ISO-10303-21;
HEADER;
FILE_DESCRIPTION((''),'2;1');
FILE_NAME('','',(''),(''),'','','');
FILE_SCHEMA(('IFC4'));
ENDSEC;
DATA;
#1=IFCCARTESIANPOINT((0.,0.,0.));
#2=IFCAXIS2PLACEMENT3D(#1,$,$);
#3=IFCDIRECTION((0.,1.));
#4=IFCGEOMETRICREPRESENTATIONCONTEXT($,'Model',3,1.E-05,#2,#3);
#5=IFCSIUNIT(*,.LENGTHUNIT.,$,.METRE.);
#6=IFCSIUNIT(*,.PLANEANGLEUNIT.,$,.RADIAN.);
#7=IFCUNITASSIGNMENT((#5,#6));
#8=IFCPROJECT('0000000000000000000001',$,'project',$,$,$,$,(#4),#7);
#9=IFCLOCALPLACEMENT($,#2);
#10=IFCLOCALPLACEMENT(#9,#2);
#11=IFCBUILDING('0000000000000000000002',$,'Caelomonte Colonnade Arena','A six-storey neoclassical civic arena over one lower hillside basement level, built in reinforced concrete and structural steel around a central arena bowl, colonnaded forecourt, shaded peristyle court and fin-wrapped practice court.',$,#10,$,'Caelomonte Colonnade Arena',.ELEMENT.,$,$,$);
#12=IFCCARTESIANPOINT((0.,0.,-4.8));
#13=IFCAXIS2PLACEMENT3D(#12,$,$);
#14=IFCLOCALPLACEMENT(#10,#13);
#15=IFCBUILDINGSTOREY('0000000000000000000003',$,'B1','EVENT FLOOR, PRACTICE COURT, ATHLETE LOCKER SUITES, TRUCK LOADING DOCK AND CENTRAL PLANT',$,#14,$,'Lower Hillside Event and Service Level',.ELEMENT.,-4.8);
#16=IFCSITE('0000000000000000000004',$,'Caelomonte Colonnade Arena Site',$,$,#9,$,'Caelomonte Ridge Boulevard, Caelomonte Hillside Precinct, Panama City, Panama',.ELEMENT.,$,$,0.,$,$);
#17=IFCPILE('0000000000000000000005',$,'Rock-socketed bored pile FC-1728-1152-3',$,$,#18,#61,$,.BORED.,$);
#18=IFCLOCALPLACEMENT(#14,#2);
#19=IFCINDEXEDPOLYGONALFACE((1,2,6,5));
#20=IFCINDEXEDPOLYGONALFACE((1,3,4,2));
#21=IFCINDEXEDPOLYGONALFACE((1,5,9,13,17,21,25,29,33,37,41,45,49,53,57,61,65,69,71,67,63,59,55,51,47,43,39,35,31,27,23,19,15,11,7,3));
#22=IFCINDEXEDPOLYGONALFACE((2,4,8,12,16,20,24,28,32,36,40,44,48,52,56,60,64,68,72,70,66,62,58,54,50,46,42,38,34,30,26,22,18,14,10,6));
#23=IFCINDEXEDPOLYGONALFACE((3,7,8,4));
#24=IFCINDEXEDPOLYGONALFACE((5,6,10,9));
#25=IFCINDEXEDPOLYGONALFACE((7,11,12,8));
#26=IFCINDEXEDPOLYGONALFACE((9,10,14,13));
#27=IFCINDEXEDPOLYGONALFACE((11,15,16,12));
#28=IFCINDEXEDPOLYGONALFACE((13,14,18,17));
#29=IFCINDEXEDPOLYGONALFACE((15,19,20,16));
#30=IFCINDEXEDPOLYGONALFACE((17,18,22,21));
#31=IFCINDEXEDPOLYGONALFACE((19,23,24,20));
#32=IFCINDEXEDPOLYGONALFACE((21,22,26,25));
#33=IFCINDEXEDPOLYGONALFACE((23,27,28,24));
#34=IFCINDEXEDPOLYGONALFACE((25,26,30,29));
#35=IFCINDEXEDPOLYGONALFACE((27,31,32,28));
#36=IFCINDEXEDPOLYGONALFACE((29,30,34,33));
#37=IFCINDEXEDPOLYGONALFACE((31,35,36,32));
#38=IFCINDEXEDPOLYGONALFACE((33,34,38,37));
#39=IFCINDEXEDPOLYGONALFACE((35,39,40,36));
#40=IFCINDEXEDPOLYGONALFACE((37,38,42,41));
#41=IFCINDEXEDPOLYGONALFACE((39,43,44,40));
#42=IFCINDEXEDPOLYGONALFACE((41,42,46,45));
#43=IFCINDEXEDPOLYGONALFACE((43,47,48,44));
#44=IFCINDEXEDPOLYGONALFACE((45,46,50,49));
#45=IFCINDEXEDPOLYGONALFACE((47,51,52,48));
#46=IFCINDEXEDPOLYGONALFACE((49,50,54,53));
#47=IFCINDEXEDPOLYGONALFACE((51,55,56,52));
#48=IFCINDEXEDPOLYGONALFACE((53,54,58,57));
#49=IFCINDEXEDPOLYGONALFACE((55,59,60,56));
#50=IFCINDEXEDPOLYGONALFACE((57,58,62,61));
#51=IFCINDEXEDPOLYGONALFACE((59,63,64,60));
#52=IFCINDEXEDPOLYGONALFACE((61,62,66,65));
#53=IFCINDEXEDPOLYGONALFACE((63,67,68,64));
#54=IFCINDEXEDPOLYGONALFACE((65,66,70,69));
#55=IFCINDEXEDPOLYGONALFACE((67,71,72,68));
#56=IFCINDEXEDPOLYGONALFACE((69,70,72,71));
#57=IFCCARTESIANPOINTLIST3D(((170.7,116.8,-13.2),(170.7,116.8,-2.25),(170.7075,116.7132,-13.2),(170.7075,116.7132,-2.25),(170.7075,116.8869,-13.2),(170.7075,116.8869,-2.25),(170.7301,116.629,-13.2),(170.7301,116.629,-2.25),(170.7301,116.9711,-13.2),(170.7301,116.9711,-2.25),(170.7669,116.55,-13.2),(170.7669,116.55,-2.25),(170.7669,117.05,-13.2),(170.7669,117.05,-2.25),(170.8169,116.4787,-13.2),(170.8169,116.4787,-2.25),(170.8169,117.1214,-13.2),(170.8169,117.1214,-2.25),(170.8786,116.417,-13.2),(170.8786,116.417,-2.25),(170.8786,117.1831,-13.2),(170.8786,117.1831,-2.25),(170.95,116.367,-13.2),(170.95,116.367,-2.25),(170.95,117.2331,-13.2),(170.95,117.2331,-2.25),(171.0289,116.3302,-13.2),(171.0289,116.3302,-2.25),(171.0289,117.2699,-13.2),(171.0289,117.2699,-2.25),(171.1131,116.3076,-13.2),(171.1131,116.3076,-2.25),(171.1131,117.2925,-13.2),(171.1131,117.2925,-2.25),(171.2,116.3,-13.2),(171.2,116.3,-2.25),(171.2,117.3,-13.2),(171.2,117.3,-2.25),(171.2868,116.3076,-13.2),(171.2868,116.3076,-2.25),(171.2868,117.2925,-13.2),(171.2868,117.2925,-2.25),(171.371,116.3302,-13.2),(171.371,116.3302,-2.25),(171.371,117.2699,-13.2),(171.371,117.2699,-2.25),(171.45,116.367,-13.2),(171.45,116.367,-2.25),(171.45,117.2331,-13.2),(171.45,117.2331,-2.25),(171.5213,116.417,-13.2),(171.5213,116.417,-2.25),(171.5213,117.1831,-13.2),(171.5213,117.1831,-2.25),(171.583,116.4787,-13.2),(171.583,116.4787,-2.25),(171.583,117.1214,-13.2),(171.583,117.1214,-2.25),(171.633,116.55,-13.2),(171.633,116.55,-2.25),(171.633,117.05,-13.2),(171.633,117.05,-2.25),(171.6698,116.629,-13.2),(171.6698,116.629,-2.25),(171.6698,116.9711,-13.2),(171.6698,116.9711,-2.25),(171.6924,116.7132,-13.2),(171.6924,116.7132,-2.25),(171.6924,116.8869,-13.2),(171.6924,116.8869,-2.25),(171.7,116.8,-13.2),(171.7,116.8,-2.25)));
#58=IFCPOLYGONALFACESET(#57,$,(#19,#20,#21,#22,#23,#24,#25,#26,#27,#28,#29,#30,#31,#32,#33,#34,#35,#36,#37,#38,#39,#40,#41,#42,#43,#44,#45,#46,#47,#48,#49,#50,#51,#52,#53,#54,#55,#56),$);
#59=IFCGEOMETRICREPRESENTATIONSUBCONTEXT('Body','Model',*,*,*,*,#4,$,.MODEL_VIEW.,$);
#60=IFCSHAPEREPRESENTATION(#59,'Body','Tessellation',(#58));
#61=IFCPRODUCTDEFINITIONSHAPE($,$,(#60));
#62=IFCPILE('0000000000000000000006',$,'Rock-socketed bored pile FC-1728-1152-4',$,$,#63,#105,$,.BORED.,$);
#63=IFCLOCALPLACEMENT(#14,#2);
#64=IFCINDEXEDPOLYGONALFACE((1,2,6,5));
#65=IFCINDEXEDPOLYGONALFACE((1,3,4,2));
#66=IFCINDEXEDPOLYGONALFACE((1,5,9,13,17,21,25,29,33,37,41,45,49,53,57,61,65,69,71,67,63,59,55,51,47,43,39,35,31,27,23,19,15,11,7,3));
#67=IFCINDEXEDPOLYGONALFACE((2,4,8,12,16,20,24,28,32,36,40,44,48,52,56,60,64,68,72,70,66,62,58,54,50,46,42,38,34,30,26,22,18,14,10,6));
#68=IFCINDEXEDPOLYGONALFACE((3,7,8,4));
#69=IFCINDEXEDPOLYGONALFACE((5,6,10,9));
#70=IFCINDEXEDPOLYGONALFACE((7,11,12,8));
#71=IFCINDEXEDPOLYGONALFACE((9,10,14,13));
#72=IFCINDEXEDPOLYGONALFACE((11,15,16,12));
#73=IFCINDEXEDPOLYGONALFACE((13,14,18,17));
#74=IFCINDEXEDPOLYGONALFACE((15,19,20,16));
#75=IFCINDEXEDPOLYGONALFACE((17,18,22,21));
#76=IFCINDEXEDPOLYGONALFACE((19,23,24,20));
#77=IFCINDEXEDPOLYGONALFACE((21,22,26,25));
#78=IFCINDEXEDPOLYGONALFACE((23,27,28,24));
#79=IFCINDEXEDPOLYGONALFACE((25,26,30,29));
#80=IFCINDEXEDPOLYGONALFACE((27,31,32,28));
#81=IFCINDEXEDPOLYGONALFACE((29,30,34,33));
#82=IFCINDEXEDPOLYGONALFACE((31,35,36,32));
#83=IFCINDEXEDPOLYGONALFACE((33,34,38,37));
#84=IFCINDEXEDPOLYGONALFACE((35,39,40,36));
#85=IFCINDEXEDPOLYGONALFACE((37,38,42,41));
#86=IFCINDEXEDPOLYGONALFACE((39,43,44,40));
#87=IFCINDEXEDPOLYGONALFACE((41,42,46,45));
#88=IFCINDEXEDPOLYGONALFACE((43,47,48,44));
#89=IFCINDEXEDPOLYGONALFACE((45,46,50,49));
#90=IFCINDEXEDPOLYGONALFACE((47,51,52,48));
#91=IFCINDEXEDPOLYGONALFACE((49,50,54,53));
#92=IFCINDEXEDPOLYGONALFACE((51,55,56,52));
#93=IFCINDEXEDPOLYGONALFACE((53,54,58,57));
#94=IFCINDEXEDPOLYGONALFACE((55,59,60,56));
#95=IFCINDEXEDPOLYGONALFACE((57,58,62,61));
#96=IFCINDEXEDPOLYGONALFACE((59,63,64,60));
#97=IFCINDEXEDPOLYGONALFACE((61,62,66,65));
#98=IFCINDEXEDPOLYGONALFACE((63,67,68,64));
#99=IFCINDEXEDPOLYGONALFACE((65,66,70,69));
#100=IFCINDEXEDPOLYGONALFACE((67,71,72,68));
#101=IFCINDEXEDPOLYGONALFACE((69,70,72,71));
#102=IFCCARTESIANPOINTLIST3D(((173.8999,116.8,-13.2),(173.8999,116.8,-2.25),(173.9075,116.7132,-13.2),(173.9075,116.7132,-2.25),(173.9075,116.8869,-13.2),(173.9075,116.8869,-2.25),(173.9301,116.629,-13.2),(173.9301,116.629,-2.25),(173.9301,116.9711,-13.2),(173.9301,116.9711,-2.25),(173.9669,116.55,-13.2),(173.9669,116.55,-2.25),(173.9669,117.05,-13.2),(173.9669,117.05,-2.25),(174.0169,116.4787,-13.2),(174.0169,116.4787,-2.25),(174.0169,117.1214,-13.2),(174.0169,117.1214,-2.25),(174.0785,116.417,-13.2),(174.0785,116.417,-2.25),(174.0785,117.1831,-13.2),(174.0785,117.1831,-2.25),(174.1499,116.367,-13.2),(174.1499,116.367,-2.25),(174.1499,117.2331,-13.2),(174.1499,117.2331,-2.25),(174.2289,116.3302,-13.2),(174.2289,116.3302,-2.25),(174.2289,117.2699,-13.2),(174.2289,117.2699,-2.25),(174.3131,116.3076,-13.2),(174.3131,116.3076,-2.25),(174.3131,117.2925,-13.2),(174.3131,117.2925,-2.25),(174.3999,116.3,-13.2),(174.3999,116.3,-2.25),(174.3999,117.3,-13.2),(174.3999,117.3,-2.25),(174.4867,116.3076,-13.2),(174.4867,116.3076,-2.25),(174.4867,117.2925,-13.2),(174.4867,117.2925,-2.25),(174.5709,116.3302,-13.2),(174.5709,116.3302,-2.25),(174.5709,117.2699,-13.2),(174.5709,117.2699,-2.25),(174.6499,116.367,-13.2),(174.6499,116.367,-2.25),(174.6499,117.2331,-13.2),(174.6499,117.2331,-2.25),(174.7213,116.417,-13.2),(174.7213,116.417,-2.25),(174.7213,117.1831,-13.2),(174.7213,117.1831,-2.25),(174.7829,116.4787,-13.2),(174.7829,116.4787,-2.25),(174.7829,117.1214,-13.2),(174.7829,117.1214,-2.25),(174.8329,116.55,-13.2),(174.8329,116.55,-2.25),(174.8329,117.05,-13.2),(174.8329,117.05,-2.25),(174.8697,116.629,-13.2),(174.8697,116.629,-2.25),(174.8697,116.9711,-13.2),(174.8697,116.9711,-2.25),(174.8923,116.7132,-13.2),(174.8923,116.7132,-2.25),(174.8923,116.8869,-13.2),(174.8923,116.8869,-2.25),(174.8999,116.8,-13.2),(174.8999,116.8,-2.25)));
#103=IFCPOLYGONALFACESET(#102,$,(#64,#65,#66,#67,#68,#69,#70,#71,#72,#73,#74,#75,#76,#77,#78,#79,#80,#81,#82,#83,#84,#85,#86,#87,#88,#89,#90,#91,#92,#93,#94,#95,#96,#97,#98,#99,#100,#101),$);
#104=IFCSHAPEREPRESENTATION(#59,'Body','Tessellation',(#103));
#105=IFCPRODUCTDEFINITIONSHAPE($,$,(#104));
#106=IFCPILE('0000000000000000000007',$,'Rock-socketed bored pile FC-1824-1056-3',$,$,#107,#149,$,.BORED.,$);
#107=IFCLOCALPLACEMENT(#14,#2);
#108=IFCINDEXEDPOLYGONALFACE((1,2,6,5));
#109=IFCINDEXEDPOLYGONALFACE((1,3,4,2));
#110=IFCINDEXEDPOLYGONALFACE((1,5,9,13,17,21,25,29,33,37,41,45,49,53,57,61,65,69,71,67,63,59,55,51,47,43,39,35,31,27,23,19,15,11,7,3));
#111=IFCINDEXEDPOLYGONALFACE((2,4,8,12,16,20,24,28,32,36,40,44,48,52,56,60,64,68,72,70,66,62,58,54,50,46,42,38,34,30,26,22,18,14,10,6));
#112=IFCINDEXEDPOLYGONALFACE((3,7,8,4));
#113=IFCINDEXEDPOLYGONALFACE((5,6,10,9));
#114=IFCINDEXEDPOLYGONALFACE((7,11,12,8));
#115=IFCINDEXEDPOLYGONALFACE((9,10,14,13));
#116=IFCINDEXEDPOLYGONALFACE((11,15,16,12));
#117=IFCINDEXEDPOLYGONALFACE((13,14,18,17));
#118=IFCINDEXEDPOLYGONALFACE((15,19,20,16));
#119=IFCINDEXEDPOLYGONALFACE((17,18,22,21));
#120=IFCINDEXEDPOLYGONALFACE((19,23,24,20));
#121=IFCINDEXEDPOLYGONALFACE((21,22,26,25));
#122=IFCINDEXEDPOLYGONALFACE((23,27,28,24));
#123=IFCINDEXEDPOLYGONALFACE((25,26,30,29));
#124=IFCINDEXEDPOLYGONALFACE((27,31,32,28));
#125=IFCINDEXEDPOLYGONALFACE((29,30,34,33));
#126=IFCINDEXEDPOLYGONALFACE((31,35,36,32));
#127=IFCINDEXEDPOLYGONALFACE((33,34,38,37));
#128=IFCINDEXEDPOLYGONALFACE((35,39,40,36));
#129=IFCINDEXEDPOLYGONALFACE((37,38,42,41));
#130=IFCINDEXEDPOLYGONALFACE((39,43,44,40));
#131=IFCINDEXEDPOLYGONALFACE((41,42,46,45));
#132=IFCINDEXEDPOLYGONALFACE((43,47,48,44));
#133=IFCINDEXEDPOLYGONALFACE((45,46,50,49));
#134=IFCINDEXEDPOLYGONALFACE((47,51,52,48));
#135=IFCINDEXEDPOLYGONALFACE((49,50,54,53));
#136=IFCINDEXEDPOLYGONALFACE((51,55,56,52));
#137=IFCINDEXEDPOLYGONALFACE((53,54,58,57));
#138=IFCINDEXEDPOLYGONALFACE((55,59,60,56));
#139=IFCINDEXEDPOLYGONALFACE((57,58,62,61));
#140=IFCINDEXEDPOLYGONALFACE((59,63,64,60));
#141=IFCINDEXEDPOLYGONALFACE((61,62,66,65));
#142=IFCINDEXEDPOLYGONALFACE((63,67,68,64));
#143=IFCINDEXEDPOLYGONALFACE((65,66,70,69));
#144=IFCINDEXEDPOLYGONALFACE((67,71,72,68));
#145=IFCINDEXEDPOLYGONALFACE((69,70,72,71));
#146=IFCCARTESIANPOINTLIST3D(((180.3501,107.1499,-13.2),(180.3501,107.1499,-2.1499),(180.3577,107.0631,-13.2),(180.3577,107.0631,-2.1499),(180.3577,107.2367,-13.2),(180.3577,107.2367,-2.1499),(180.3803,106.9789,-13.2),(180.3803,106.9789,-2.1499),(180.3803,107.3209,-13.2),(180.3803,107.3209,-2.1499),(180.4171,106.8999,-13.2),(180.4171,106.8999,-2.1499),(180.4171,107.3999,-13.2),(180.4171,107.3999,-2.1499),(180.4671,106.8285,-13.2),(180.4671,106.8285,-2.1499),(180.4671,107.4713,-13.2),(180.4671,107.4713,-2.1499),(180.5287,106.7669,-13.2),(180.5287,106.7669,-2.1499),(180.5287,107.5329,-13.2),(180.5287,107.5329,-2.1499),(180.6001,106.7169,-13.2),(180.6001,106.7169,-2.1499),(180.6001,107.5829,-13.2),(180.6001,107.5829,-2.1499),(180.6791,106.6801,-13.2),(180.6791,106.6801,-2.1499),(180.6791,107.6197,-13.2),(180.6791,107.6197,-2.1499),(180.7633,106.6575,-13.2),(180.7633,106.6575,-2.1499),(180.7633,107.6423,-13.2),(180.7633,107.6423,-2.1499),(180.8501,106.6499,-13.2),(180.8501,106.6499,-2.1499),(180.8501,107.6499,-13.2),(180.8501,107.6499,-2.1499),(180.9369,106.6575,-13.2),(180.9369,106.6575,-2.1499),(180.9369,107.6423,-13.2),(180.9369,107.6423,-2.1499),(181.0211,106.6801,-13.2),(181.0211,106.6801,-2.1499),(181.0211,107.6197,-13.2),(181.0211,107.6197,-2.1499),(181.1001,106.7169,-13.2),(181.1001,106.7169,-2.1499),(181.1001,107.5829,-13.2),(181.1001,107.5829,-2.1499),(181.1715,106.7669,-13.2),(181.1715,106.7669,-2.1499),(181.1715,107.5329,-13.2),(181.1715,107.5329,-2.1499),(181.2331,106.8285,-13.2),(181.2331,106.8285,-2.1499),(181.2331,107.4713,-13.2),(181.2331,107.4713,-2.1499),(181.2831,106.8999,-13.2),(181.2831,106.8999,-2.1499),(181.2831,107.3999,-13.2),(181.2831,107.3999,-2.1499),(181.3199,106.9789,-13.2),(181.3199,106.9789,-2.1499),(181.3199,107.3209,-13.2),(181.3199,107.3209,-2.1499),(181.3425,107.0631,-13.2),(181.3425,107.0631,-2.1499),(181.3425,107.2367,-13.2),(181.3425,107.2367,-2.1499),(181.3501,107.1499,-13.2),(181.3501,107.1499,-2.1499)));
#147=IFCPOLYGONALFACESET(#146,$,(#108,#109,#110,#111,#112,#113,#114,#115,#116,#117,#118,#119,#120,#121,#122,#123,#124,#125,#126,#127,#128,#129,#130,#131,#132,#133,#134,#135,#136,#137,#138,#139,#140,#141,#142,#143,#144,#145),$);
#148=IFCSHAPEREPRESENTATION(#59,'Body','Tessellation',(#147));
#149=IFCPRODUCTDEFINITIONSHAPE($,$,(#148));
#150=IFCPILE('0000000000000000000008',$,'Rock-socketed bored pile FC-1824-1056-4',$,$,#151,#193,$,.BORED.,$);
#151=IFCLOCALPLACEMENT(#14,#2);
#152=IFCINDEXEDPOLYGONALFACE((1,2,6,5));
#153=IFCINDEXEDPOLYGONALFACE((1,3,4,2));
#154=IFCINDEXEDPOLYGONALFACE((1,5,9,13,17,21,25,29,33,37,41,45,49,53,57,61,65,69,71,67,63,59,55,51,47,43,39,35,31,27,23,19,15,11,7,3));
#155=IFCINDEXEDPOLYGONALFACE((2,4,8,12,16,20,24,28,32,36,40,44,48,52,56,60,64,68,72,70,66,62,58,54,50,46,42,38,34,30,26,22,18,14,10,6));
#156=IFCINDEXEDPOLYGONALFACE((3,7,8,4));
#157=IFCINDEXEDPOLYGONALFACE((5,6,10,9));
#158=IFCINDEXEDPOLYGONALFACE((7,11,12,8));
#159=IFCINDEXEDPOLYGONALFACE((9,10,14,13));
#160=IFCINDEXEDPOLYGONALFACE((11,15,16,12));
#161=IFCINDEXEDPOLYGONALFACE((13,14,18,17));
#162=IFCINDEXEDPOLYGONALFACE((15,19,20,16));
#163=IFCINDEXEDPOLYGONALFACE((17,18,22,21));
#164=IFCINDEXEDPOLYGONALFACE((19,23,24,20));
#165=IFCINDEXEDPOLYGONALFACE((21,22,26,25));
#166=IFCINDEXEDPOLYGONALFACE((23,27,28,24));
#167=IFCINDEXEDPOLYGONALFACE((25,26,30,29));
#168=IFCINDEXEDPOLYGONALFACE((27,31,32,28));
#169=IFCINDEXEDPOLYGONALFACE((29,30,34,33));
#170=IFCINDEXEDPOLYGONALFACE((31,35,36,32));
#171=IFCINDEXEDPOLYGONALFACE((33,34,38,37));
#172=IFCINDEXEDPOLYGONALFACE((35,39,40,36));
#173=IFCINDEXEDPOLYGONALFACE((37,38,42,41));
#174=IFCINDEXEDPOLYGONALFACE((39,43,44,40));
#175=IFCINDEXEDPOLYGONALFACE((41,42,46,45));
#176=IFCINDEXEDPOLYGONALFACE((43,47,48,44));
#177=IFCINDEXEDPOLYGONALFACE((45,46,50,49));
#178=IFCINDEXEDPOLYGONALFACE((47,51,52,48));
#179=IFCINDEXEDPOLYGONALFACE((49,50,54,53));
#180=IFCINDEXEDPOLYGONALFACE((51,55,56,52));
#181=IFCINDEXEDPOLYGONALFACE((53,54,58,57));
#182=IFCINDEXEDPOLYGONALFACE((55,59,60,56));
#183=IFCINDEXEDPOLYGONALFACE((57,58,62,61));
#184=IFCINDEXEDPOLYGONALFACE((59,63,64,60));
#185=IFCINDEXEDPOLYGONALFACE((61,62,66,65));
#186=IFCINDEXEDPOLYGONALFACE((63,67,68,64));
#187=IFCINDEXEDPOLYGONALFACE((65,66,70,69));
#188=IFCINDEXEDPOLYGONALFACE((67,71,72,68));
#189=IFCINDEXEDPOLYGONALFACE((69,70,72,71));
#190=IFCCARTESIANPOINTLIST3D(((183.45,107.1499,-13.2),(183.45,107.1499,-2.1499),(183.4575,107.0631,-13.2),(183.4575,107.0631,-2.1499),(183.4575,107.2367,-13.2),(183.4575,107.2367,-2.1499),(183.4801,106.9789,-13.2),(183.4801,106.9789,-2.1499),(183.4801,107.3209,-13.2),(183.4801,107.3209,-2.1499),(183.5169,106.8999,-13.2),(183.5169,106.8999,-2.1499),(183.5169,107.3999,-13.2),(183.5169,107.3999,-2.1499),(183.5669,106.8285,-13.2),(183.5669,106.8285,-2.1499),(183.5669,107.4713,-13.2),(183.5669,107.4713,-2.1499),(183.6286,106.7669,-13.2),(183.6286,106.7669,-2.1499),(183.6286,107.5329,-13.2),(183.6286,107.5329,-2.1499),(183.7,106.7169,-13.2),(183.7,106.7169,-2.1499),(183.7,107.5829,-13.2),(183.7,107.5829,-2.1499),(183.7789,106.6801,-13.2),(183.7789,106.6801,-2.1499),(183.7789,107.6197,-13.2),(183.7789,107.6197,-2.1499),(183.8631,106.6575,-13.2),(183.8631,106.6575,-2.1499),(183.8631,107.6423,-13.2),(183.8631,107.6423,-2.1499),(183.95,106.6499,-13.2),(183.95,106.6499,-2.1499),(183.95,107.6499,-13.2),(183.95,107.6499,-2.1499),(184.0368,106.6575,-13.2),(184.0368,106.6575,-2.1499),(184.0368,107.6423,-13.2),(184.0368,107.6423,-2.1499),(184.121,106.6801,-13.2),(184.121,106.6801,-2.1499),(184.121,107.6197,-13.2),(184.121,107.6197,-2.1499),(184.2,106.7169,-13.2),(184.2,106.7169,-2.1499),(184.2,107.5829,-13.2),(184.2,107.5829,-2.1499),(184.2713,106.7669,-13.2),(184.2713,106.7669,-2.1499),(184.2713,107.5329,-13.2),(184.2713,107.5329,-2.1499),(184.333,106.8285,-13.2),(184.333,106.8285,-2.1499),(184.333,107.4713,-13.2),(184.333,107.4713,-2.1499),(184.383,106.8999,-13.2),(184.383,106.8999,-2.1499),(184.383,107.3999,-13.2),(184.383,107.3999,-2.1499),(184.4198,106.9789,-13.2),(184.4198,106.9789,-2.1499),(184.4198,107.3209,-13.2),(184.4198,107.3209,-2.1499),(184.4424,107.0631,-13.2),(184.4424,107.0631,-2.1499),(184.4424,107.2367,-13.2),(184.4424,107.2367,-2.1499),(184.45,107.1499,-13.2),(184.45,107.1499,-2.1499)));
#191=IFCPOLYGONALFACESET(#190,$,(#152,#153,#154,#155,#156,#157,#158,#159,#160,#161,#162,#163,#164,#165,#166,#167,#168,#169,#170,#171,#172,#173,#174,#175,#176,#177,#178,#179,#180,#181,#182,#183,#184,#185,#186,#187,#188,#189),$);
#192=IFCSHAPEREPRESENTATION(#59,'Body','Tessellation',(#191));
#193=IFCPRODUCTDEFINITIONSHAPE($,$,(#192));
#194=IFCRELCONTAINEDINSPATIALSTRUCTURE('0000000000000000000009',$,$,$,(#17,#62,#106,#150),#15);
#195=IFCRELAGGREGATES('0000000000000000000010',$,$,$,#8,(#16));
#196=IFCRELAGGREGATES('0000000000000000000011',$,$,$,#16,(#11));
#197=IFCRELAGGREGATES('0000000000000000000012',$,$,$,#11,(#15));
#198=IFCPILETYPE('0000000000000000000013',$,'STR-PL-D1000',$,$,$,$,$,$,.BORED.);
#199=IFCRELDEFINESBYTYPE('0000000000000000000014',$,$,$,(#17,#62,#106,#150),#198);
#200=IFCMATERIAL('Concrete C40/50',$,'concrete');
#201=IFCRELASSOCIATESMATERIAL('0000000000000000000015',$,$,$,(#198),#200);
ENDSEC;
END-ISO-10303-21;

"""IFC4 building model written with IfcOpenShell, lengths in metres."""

from ifc_helpers import new_model, si_unit, direction, frame, origin, origin_2d, place, context, subcontext, project, spatial, circle, extrude, material, material_profile, profile_set, type_object, element, save


model = new_model("IFC4")

# Units and contexts
model_context = context("Model", 3, precision=1e-05, world=origin(), true_north=direction((0.0, 1.0)))
body_context = subcontext(model_context, "Body", "Model", "MODEL_VIEW")
ifc_project = project(units=[si_unit("LENGTHUNIT", "METRE"), si_unit("PLANEANGLEUNIT", "RADIAN")], contexts=[model_context])

# Site, building, storey
site_placement = place(None, origin())
site = spatial("IfcSite", under=ifc_project, at=site_placement, Name="Caelomonte Colonnade Arena Site", LongName="Caelomonte Ridge Boulevard, Caelomonte Hillside Precinct, Panama City, Panama", CompositionType="ELEMENT", RefElevation=0.0)
building_placement = place(site_placement, origin())
building = spatial("IfcBuilding", under=site, at=building_placement, Name="Caelomonte Colonnade Arena", Description="A six-storey neoclassical civic arena over one lower hillside basement level, built in reinforced concrete and structural steel around a central arena bowl, colonnaded forecourt, shaded peristyle court and fin-wrapped practice court.", LongName="Caelomonte Colonnade Arena", CompositionType="ELEMENT")
storey_placement = place(building_placement, frame((0.0, 0.0, -4.8)))
storey = spatial("IfcBuildingStorey", under=building, at=storey_placement, Name="B1", Description="EVENT FLOOR, PRACTICE COURT, ATHLETE LOCKER SUITES, TRUCK LOADING DOCK AND CENTRAL PLANT", LongName="Lower Hillside Event and Service Level", CompositionType="ELEMENT", Elevation=-4.8)

# Shared definitions
ifc_material_1 = material(Name="Concrete C40/50", Category="concrete")

# Piles
ifc_material_profile_1 = material_profile(ifc_material_1, circle(Radius=0.5, at=origin_2d()), Name="PILE-D1000")
ifc_profile_set_1 = profile_set([ifc_material_profile_1], Name="Concrete C40/50")
pile_type = type_object("IfcPileType", Name="STR-PL-D1000", PredefinedType="BORED", material=ifc_profile_set_1)
for number, where, z_axis, x_axis, name in (
    (1, (171.2, 116.8, -2.25), (0.0, 0.0, -1.0), (1.0, 0.0, 0.0), "Rock-socketed bored pile FC-1728-1152-3"),
    (2, (174.3999, 116.8, -2.25), (0.0, 0.0, -1.0), (1.0, 0.0, 0.0), "Rock-socketed bored pile FC-1728-1152-4"),
):
    element("IfcPile", number, at=place(storey_placement, frame(where, z_axis=z_axis, x_axis=x_axis)), inside=storey, type_object=pile_type, Name=name, PredefinedType="BORED", context=body_context, shape_type="SweptSolid", body=[
        extrude(circle(Radius=0.5, at=origin_2d()), origin(), (0.0, 0.0, 1.0), 10.95),
    ])
for number, where, z_axis, x_axis, name in (
    (3, (180.8501, 107.1499, -2.1499), (0.0, 0.0, -1.0), (1.0, 0.0, 0.0), "Rock-socketed bored pile FC-1824-1056-3"),
    (4, (183.95, 107.1499, -2.1499), (0.0, 0.0, -1.0), (1.0, 0.0, 0.0), "Rock-socketed bored pile FC-1824-1056-4"),
):
    element("IfcPile", number, at=place(storey_placement, frame(where, z_axis=z_axis, x_axis=x_axis)), inside=storey, type_object=pile_type, Name=name, PredefinedType="BORED", context=body_context, shape_type="SweptSolid", body=[
        extrude(circle(Radius=0.5, at=origin_2d()), origin(), (0.0, 0.0, 1.0), 11.05),
    ])

save(model, "model.ifc")
